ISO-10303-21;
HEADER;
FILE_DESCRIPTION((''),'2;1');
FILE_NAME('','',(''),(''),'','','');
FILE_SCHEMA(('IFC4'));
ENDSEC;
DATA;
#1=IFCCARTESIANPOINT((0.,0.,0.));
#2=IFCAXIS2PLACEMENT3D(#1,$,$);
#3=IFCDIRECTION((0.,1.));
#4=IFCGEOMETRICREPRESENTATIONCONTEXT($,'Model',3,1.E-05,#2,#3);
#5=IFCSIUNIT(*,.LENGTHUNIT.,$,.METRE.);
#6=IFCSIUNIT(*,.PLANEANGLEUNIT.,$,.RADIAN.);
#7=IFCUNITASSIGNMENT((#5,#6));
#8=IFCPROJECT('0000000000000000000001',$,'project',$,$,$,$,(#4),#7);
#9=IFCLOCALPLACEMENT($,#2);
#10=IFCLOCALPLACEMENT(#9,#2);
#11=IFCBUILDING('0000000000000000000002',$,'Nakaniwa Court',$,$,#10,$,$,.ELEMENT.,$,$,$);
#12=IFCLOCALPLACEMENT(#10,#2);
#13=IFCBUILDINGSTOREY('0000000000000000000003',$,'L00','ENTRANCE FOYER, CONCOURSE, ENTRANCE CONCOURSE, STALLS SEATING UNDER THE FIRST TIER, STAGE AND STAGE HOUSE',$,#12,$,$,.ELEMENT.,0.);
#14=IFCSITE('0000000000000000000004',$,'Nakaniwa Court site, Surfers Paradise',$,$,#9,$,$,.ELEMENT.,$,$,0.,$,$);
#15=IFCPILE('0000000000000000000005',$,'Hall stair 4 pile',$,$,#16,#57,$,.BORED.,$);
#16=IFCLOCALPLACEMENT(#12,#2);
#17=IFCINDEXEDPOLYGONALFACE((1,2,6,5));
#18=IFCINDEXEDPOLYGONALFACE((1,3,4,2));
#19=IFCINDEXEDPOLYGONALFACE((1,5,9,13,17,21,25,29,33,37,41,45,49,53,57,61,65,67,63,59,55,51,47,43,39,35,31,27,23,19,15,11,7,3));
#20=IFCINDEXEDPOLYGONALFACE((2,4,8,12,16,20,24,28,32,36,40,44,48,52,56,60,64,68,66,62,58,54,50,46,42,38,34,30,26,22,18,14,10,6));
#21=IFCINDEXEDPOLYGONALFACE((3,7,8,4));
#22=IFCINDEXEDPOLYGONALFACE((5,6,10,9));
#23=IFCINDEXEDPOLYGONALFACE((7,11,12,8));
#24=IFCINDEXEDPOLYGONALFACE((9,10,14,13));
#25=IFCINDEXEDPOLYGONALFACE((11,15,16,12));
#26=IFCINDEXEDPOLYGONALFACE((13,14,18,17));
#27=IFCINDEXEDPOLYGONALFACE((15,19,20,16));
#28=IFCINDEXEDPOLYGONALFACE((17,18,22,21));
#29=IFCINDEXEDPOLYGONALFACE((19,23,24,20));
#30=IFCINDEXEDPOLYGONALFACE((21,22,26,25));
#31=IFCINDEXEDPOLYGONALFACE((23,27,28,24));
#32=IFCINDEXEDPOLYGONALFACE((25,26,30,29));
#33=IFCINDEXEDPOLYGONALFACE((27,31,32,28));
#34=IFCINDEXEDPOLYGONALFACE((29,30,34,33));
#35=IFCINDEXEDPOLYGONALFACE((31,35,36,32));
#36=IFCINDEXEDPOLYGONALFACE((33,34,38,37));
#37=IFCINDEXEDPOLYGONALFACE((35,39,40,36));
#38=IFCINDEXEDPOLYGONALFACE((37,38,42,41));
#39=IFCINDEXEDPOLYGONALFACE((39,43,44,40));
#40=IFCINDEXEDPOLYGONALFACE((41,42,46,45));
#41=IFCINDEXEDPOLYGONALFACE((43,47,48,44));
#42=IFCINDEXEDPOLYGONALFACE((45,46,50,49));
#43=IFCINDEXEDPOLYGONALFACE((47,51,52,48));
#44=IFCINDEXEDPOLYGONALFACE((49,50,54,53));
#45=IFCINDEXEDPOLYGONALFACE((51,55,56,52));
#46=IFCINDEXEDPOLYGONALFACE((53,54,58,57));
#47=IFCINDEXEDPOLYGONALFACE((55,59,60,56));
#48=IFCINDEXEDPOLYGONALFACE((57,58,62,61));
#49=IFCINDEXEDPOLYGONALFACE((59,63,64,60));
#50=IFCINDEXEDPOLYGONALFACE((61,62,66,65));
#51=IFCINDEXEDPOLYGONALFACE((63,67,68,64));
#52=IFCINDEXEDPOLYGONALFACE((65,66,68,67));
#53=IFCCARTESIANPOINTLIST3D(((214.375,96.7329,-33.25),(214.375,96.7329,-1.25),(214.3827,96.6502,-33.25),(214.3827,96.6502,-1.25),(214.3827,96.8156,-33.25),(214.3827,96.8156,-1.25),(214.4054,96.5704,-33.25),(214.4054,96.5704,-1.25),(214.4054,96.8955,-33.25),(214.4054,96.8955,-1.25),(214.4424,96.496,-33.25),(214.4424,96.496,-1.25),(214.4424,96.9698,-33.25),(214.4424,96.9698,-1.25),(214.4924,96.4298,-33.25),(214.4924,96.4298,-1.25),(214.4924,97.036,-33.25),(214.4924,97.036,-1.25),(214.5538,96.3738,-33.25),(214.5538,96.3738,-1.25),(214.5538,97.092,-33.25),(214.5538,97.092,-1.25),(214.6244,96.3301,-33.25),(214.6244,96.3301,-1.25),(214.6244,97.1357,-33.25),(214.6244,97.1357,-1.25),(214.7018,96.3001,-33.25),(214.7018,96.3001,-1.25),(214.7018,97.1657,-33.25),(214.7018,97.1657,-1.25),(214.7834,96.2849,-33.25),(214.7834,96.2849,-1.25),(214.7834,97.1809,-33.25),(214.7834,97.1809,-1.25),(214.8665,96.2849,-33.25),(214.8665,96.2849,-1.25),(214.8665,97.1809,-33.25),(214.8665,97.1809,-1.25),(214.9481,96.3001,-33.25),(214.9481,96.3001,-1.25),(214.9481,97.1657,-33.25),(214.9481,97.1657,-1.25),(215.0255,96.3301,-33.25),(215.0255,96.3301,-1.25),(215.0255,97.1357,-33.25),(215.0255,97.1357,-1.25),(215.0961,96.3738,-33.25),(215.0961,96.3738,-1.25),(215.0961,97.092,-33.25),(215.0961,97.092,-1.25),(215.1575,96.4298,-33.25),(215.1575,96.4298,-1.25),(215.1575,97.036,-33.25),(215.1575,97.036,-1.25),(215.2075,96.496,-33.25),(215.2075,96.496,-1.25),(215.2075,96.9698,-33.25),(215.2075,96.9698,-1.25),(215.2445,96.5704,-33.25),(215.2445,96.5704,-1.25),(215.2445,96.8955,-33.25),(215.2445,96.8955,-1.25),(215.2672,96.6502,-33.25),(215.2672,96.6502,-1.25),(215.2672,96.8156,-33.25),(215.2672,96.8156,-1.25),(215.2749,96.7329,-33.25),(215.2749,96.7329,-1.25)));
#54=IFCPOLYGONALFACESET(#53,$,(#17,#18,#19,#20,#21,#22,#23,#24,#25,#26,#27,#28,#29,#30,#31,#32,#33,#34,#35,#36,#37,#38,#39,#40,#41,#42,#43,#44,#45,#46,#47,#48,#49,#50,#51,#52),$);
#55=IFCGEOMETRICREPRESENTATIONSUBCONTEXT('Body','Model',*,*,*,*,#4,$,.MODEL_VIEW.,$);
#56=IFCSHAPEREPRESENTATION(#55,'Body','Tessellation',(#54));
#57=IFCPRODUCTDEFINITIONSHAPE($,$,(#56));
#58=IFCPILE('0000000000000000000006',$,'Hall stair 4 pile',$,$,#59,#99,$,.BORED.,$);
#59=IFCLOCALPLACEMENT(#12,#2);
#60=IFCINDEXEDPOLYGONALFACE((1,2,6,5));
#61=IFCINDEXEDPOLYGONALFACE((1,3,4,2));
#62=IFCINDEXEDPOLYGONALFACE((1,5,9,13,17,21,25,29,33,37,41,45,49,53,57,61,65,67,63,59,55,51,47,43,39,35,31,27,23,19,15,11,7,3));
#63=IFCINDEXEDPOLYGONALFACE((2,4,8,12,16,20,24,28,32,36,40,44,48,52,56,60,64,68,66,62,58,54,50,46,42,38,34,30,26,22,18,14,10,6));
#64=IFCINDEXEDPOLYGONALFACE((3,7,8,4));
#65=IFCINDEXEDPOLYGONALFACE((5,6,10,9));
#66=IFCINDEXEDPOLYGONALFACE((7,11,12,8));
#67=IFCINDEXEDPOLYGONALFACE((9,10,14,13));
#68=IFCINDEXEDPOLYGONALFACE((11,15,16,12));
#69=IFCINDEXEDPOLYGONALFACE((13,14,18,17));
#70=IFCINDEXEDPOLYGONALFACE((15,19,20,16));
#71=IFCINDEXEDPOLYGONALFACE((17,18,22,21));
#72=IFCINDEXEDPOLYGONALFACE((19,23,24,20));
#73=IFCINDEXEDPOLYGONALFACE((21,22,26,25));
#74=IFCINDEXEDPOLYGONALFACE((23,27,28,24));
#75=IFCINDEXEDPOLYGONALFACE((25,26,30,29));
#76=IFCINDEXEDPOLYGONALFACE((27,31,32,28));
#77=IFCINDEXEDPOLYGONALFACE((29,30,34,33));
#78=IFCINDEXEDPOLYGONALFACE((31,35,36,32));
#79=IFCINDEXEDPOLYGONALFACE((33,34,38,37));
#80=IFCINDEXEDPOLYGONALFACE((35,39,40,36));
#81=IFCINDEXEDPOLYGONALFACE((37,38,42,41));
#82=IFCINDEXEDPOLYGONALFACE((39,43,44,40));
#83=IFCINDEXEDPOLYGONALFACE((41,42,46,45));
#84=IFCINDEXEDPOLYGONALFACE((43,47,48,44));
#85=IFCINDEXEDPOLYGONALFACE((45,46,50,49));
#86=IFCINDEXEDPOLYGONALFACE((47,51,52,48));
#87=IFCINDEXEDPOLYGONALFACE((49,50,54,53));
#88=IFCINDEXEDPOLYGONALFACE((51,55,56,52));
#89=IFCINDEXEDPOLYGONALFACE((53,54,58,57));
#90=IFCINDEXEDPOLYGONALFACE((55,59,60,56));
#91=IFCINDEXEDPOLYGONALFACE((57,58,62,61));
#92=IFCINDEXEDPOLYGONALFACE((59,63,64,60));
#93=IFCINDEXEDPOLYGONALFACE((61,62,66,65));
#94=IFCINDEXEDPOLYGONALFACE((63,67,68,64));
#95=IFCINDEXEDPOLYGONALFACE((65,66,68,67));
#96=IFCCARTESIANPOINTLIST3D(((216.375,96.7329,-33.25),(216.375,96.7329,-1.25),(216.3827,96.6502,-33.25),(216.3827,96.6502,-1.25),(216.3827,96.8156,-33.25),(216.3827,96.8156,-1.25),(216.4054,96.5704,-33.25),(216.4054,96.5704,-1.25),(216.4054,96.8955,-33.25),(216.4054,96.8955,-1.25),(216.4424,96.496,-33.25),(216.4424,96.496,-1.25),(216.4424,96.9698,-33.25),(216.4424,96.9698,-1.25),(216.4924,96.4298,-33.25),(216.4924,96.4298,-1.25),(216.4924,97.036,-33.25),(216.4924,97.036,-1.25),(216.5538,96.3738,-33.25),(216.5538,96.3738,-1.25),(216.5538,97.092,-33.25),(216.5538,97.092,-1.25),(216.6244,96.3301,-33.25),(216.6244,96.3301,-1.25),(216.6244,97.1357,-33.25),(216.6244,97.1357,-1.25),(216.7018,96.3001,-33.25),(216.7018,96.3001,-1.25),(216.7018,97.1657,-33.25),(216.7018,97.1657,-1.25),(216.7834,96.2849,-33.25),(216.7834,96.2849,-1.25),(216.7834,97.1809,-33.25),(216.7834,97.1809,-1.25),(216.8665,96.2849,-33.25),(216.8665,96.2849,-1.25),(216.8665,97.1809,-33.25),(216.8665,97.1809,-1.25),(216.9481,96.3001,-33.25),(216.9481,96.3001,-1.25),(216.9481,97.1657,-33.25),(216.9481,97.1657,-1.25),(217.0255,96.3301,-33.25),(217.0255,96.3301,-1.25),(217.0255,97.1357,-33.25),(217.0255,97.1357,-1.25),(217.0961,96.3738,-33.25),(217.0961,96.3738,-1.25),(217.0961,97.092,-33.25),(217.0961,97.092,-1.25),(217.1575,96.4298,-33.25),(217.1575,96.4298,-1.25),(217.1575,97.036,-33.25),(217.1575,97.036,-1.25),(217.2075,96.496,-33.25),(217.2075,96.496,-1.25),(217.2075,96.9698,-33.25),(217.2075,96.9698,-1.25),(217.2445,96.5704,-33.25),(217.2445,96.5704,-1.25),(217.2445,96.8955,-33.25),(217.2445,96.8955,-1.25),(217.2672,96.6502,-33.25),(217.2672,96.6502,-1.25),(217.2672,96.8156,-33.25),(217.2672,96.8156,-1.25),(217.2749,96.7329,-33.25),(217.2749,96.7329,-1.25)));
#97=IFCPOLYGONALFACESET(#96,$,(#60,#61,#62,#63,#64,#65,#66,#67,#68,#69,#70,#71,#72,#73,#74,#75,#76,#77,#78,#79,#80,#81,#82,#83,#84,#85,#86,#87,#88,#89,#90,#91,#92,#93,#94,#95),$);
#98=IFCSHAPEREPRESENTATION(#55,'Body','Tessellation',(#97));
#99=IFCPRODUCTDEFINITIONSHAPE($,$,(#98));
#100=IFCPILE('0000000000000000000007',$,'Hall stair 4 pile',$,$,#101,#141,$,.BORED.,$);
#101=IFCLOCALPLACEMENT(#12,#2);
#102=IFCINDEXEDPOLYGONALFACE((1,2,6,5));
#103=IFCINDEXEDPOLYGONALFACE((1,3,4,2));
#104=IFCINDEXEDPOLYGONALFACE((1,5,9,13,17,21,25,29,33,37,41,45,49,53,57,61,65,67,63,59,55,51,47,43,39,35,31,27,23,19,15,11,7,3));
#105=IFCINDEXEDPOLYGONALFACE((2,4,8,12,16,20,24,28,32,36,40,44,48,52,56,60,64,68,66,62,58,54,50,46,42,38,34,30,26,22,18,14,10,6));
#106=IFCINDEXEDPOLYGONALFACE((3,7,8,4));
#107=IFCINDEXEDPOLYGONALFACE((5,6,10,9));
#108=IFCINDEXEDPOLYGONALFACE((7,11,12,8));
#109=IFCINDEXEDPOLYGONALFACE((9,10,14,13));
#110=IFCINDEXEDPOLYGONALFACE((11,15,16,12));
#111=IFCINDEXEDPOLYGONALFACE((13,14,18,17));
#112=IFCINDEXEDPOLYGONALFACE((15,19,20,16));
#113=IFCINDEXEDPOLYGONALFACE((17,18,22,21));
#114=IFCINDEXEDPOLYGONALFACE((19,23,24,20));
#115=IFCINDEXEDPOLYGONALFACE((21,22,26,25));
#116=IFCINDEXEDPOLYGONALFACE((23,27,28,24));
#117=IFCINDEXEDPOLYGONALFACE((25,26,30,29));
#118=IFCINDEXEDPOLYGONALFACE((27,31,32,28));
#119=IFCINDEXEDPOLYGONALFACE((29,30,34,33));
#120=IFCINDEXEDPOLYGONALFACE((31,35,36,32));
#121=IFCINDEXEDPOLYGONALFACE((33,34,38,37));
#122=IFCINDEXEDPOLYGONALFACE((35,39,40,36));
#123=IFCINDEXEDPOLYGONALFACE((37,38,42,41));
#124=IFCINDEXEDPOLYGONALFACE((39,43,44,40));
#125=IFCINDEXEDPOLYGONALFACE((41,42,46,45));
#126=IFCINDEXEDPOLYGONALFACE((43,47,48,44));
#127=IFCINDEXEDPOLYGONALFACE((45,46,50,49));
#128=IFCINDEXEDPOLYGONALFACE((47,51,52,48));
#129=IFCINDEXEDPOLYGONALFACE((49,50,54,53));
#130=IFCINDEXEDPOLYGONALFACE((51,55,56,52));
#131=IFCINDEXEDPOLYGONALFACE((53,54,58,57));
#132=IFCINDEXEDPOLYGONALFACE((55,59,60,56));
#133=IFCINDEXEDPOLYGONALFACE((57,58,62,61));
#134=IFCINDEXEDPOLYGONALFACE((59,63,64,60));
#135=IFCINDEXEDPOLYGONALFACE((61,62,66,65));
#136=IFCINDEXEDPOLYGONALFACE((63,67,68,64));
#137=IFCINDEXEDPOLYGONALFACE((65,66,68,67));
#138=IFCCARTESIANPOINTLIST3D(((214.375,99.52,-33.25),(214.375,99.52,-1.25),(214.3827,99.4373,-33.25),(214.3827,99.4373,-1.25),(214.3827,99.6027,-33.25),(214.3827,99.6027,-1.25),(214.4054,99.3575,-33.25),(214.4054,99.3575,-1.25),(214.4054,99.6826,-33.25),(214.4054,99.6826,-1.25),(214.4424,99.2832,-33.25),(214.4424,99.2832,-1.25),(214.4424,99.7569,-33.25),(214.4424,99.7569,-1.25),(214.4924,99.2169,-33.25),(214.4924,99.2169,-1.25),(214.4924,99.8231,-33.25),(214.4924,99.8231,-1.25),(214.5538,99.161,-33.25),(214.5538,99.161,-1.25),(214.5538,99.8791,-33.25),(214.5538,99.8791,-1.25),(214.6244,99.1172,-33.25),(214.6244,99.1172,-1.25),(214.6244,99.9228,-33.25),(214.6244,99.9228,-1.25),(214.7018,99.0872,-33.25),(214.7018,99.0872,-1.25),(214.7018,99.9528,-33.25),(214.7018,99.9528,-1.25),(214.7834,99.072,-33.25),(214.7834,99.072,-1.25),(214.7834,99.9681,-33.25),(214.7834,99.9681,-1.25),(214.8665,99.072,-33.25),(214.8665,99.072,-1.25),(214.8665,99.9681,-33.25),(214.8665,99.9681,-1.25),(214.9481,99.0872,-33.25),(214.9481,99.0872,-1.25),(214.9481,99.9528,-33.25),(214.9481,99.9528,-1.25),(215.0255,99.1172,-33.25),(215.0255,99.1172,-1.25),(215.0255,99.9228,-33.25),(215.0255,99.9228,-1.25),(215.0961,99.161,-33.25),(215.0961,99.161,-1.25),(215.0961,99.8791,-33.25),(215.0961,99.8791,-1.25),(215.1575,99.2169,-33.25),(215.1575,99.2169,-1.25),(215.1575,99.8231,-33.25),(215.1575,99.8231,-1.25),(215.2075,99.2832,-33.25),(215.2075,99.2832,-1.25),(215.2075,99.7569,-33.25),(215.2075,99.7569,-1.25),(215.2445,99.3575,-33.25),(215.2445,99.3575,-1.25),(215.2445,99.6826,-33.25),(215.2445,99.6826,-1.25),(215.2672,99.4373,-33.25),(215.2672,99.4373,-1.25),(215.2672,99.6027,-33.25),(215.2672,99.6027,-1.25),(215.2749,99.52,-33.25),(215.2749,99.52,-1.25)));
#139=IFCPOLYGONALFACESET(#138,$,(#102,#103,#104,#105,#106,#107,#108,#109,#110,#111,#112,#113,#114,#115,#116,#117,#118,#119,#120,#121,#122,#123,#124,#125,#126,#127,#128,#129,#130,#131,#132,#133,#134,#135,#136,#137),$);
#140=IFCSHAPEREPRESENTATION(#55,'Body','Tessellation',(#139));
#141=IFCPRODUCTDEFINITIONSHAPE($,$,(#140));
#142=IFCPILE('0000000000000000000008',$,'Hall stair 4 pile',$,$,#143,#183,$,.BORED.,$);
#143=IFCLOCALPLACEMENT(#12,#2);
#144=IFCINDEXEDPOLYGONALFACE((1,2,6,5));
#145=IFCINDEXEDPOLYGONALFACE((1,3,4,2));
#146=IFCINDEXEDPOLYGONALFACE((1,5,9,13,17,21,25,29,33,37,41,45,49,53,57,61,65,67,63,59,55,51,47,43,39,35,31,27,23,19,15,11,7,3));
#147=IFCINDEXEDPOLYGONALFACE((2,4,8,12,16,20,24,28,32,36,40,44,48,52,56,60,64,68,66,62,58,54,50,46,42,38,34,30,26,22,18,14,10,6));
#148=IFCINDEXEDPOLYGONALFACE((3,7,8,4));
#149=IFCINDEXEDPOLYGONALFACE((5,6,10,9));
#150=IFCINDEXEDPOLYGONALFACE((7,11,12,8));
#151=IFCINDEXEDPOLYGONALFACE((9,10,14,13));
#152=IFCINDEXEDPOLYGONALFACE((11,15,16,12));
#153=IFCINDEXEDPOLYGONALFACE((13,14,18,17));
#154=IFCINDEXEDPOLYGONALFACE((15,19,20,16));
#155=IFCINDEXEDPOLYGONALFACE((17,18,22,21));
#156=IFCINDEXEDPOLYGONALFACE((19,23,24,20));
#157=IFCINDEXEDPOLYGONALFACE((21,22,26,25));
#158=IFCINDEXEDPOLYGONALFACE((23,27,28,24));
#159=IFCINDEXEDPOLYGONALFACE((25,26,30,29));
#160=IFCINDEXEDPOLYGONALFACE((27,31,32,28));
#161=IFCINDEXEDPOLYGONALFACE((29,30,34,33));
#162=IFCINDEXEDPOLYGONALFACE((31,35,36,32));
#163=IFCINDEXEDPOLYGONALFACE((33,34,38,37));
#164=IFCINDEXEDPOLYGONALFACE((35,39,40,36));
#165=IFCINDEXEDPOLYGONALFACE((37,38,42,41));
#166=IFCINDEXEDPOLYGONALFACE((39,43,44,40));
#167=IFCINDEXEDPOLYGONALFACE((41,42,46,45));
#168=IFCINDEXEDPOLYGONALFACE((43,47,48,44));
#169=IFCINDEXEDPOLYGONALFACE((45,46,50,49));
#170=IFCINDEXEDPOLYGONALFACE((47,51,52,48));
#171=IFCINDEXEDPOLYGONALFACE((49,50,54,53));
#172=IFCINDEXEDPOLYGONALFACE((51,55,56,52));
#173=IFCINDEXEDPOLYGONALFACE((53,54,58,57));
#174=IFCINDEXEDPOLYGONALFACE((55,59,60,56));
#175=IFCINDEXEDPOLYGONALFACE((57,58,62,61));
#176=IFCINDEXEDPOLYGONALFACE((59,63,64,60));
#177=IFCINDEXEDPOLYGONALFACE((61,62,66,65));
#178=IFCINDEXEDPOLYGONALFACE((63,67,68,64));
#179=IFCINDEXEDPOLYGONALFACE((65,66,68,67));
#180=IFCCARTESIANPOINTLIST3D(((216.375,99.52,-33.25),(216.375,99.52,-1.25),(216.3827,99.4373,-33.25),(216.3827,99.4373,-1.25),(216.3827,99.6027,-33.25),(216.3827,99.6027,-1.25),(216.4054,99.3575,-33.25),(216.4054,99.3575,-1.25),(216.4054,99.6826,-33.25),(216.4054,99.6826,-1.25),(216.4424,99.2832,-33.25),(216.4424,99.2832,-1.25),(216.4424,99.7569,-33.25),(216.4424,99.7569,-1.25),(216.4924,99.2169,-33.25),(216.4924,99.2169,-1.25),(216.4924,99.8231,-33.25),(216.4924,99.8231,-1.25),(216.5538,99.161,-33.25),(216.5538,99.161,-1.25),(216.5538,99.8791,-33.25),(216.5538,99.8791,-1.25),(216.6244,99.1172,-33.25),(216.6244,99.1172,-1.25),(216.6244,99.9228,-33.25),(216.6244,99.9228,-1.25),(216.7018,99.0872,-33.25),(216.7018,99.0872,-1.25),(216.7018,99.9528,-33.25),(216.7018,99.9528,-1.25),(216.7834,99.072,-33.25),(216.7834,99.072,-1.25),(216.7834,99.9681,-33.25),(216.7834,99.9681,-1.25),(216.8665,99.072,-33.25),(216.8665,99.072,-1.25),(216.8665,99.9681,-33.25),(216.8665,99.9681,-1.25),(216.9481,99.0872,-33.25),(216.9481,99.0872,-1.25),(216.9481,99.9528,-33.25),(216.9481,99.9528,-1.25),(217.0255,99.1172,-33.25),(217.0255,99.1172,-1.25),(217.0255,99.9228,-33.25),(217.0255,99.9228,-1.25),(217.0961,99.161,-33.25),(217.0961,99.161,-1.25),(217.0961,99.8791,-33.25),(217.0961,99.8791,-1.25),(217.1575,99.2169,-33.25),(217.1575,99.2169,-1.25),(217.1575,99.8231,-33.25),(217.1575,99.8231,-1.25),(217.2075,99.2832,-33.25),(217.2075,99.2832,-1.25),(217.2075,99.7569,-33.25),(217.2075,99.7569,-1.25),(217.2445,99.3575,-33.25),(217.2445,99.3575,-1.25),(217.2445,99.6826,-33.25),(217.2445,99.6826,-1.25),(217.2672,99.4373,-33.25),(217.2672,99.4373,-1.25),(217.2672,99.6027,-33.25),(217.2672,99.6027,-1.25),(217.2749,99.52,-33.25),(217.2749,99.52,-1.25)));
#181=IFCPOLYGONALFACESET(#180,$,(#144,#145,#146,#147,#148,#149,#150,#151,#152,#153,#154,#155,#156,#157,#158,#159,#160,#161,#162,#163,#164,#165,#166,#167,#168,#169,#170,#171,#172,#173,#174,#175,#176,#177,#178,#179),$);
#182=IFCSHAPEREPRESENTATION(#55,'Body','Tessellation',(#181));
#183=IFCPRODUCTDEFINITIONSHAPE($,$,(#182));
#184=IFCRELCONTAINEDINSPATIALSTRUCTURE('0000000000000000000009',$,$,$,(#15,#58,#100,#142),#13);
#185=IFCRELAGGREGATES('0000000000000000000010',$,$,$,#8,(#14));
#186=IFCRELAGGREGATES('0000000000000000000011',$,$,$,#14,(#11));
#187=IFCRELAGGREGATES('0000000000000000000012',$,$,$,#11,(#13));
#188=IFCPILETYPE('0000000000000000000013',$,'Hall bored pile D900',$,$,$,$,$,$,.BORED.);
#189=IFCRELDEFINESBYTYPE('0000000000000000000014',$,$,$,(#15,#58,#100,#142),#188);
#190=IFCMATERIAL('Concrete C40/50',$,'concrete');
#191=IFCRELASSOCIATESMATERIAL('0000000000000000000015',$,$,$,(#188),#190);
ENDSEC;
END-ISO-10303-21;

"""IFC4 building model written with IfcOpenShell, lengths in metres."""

from ifc_helpers import new_model, si_unit, direction, frame, origin, origin_2d, place, context, subcontext, project, spatial, circle, extrude, material, material_profile, profile_set, type_object, element, save


model = new_model("IFC4")

# Units and contexts
model_context = context("Model", 3, precision=1e-05, world=origin(), true_north=direction((0.0, 1.0)))
body_context = subcontext(model_context, "Body", "Model", "MODEL_VIEW")
ifc_project = project(units=[si_unit("LENGTHUNIT", "METRE"), si_unit("PLANEANGLEUNIT", "RADIAN")], contexts=[model_context])

# Site, building, storey
site_placement = place(None, origin())
site = spatial("IfcSite", under=ifc_project, at=site_placement, Name="Nakaniwa Court site, Surfers Paradise", CompositionType="ELEMENT", RefElevation=0.0)
building_placement = place(site_placement, origin())
building = spatial("IfcBuilding", under=site, at=building_placement, Name="Nakaniwa Court", CompositionType="ELEMENT")
storey_placement = place(building_placement, origin())
storey = spatial("IfcBuildingStorey", under=building, at=storey_placement, Name="L00", Description="ENTRANCE FOYER, CONCOURSE, ENTRANCE CONCOURSE, STALLS SEATING UNDER THE FIRST TIER, STAGE AND STAGE HOUSE", CompositionType="ELEMENT", Elevation=0.0)

# Piles
ifc_material_1 = material(Name="Concrete C40/50", Category="concrete")
ifc_material_profile_1 = material_profile(ifc_material_1, circle(Radius=0.45, at=origin_2d()), Name="Bored pile D900")
ifc_profile_set_1 = profile_set([ifc_material_profile_1], Name="Concrete C40/50")
pile_type = type_object("IfcPileType", Name="Hall bored pile D900", PredefinedType="BORED", material=ifc_profile_set_1)
for number, where, z_axis, x_axis, name in (
    (1, (214.825, 96.7329, -1.25), (0.0, 0.0, -1.0), (1.0, 0.0, 0.0), "Hall stair 4 pile"),
    (2, (216.825, 96.7329, -1.25), (0.0, 0.0, -1.0), (1.0, 0.0, 0.0), "Hall stair 4 pile"),
    (3, (214.825, 99.52, -1.25), (0.0, 0.0, -1.0), (1.0, 0.0, 0.0), "Hall stair 4 pile"),
    (4, (216.825, 99.52, -1.25), (0.0, 0.0, -1.0), (1.0, 0.0, 0.0), "Hall stair 4 pile"),
):
    element("IfcPile", number, at=place(storey_placement, frame(where, z_axis=z_axis, x_axis=x_axis)), inside=storey, type_object=pile_type, Name=name, PredefinedType="BORED", context=body_context, shape_type="SweptSolid", body=[
        extrude(circle(Radius=0.45, at=origin_2d()), origin(), (0.0, 0.0, 1.0), 32.0),
    ])

save(model, "model.ifc")
